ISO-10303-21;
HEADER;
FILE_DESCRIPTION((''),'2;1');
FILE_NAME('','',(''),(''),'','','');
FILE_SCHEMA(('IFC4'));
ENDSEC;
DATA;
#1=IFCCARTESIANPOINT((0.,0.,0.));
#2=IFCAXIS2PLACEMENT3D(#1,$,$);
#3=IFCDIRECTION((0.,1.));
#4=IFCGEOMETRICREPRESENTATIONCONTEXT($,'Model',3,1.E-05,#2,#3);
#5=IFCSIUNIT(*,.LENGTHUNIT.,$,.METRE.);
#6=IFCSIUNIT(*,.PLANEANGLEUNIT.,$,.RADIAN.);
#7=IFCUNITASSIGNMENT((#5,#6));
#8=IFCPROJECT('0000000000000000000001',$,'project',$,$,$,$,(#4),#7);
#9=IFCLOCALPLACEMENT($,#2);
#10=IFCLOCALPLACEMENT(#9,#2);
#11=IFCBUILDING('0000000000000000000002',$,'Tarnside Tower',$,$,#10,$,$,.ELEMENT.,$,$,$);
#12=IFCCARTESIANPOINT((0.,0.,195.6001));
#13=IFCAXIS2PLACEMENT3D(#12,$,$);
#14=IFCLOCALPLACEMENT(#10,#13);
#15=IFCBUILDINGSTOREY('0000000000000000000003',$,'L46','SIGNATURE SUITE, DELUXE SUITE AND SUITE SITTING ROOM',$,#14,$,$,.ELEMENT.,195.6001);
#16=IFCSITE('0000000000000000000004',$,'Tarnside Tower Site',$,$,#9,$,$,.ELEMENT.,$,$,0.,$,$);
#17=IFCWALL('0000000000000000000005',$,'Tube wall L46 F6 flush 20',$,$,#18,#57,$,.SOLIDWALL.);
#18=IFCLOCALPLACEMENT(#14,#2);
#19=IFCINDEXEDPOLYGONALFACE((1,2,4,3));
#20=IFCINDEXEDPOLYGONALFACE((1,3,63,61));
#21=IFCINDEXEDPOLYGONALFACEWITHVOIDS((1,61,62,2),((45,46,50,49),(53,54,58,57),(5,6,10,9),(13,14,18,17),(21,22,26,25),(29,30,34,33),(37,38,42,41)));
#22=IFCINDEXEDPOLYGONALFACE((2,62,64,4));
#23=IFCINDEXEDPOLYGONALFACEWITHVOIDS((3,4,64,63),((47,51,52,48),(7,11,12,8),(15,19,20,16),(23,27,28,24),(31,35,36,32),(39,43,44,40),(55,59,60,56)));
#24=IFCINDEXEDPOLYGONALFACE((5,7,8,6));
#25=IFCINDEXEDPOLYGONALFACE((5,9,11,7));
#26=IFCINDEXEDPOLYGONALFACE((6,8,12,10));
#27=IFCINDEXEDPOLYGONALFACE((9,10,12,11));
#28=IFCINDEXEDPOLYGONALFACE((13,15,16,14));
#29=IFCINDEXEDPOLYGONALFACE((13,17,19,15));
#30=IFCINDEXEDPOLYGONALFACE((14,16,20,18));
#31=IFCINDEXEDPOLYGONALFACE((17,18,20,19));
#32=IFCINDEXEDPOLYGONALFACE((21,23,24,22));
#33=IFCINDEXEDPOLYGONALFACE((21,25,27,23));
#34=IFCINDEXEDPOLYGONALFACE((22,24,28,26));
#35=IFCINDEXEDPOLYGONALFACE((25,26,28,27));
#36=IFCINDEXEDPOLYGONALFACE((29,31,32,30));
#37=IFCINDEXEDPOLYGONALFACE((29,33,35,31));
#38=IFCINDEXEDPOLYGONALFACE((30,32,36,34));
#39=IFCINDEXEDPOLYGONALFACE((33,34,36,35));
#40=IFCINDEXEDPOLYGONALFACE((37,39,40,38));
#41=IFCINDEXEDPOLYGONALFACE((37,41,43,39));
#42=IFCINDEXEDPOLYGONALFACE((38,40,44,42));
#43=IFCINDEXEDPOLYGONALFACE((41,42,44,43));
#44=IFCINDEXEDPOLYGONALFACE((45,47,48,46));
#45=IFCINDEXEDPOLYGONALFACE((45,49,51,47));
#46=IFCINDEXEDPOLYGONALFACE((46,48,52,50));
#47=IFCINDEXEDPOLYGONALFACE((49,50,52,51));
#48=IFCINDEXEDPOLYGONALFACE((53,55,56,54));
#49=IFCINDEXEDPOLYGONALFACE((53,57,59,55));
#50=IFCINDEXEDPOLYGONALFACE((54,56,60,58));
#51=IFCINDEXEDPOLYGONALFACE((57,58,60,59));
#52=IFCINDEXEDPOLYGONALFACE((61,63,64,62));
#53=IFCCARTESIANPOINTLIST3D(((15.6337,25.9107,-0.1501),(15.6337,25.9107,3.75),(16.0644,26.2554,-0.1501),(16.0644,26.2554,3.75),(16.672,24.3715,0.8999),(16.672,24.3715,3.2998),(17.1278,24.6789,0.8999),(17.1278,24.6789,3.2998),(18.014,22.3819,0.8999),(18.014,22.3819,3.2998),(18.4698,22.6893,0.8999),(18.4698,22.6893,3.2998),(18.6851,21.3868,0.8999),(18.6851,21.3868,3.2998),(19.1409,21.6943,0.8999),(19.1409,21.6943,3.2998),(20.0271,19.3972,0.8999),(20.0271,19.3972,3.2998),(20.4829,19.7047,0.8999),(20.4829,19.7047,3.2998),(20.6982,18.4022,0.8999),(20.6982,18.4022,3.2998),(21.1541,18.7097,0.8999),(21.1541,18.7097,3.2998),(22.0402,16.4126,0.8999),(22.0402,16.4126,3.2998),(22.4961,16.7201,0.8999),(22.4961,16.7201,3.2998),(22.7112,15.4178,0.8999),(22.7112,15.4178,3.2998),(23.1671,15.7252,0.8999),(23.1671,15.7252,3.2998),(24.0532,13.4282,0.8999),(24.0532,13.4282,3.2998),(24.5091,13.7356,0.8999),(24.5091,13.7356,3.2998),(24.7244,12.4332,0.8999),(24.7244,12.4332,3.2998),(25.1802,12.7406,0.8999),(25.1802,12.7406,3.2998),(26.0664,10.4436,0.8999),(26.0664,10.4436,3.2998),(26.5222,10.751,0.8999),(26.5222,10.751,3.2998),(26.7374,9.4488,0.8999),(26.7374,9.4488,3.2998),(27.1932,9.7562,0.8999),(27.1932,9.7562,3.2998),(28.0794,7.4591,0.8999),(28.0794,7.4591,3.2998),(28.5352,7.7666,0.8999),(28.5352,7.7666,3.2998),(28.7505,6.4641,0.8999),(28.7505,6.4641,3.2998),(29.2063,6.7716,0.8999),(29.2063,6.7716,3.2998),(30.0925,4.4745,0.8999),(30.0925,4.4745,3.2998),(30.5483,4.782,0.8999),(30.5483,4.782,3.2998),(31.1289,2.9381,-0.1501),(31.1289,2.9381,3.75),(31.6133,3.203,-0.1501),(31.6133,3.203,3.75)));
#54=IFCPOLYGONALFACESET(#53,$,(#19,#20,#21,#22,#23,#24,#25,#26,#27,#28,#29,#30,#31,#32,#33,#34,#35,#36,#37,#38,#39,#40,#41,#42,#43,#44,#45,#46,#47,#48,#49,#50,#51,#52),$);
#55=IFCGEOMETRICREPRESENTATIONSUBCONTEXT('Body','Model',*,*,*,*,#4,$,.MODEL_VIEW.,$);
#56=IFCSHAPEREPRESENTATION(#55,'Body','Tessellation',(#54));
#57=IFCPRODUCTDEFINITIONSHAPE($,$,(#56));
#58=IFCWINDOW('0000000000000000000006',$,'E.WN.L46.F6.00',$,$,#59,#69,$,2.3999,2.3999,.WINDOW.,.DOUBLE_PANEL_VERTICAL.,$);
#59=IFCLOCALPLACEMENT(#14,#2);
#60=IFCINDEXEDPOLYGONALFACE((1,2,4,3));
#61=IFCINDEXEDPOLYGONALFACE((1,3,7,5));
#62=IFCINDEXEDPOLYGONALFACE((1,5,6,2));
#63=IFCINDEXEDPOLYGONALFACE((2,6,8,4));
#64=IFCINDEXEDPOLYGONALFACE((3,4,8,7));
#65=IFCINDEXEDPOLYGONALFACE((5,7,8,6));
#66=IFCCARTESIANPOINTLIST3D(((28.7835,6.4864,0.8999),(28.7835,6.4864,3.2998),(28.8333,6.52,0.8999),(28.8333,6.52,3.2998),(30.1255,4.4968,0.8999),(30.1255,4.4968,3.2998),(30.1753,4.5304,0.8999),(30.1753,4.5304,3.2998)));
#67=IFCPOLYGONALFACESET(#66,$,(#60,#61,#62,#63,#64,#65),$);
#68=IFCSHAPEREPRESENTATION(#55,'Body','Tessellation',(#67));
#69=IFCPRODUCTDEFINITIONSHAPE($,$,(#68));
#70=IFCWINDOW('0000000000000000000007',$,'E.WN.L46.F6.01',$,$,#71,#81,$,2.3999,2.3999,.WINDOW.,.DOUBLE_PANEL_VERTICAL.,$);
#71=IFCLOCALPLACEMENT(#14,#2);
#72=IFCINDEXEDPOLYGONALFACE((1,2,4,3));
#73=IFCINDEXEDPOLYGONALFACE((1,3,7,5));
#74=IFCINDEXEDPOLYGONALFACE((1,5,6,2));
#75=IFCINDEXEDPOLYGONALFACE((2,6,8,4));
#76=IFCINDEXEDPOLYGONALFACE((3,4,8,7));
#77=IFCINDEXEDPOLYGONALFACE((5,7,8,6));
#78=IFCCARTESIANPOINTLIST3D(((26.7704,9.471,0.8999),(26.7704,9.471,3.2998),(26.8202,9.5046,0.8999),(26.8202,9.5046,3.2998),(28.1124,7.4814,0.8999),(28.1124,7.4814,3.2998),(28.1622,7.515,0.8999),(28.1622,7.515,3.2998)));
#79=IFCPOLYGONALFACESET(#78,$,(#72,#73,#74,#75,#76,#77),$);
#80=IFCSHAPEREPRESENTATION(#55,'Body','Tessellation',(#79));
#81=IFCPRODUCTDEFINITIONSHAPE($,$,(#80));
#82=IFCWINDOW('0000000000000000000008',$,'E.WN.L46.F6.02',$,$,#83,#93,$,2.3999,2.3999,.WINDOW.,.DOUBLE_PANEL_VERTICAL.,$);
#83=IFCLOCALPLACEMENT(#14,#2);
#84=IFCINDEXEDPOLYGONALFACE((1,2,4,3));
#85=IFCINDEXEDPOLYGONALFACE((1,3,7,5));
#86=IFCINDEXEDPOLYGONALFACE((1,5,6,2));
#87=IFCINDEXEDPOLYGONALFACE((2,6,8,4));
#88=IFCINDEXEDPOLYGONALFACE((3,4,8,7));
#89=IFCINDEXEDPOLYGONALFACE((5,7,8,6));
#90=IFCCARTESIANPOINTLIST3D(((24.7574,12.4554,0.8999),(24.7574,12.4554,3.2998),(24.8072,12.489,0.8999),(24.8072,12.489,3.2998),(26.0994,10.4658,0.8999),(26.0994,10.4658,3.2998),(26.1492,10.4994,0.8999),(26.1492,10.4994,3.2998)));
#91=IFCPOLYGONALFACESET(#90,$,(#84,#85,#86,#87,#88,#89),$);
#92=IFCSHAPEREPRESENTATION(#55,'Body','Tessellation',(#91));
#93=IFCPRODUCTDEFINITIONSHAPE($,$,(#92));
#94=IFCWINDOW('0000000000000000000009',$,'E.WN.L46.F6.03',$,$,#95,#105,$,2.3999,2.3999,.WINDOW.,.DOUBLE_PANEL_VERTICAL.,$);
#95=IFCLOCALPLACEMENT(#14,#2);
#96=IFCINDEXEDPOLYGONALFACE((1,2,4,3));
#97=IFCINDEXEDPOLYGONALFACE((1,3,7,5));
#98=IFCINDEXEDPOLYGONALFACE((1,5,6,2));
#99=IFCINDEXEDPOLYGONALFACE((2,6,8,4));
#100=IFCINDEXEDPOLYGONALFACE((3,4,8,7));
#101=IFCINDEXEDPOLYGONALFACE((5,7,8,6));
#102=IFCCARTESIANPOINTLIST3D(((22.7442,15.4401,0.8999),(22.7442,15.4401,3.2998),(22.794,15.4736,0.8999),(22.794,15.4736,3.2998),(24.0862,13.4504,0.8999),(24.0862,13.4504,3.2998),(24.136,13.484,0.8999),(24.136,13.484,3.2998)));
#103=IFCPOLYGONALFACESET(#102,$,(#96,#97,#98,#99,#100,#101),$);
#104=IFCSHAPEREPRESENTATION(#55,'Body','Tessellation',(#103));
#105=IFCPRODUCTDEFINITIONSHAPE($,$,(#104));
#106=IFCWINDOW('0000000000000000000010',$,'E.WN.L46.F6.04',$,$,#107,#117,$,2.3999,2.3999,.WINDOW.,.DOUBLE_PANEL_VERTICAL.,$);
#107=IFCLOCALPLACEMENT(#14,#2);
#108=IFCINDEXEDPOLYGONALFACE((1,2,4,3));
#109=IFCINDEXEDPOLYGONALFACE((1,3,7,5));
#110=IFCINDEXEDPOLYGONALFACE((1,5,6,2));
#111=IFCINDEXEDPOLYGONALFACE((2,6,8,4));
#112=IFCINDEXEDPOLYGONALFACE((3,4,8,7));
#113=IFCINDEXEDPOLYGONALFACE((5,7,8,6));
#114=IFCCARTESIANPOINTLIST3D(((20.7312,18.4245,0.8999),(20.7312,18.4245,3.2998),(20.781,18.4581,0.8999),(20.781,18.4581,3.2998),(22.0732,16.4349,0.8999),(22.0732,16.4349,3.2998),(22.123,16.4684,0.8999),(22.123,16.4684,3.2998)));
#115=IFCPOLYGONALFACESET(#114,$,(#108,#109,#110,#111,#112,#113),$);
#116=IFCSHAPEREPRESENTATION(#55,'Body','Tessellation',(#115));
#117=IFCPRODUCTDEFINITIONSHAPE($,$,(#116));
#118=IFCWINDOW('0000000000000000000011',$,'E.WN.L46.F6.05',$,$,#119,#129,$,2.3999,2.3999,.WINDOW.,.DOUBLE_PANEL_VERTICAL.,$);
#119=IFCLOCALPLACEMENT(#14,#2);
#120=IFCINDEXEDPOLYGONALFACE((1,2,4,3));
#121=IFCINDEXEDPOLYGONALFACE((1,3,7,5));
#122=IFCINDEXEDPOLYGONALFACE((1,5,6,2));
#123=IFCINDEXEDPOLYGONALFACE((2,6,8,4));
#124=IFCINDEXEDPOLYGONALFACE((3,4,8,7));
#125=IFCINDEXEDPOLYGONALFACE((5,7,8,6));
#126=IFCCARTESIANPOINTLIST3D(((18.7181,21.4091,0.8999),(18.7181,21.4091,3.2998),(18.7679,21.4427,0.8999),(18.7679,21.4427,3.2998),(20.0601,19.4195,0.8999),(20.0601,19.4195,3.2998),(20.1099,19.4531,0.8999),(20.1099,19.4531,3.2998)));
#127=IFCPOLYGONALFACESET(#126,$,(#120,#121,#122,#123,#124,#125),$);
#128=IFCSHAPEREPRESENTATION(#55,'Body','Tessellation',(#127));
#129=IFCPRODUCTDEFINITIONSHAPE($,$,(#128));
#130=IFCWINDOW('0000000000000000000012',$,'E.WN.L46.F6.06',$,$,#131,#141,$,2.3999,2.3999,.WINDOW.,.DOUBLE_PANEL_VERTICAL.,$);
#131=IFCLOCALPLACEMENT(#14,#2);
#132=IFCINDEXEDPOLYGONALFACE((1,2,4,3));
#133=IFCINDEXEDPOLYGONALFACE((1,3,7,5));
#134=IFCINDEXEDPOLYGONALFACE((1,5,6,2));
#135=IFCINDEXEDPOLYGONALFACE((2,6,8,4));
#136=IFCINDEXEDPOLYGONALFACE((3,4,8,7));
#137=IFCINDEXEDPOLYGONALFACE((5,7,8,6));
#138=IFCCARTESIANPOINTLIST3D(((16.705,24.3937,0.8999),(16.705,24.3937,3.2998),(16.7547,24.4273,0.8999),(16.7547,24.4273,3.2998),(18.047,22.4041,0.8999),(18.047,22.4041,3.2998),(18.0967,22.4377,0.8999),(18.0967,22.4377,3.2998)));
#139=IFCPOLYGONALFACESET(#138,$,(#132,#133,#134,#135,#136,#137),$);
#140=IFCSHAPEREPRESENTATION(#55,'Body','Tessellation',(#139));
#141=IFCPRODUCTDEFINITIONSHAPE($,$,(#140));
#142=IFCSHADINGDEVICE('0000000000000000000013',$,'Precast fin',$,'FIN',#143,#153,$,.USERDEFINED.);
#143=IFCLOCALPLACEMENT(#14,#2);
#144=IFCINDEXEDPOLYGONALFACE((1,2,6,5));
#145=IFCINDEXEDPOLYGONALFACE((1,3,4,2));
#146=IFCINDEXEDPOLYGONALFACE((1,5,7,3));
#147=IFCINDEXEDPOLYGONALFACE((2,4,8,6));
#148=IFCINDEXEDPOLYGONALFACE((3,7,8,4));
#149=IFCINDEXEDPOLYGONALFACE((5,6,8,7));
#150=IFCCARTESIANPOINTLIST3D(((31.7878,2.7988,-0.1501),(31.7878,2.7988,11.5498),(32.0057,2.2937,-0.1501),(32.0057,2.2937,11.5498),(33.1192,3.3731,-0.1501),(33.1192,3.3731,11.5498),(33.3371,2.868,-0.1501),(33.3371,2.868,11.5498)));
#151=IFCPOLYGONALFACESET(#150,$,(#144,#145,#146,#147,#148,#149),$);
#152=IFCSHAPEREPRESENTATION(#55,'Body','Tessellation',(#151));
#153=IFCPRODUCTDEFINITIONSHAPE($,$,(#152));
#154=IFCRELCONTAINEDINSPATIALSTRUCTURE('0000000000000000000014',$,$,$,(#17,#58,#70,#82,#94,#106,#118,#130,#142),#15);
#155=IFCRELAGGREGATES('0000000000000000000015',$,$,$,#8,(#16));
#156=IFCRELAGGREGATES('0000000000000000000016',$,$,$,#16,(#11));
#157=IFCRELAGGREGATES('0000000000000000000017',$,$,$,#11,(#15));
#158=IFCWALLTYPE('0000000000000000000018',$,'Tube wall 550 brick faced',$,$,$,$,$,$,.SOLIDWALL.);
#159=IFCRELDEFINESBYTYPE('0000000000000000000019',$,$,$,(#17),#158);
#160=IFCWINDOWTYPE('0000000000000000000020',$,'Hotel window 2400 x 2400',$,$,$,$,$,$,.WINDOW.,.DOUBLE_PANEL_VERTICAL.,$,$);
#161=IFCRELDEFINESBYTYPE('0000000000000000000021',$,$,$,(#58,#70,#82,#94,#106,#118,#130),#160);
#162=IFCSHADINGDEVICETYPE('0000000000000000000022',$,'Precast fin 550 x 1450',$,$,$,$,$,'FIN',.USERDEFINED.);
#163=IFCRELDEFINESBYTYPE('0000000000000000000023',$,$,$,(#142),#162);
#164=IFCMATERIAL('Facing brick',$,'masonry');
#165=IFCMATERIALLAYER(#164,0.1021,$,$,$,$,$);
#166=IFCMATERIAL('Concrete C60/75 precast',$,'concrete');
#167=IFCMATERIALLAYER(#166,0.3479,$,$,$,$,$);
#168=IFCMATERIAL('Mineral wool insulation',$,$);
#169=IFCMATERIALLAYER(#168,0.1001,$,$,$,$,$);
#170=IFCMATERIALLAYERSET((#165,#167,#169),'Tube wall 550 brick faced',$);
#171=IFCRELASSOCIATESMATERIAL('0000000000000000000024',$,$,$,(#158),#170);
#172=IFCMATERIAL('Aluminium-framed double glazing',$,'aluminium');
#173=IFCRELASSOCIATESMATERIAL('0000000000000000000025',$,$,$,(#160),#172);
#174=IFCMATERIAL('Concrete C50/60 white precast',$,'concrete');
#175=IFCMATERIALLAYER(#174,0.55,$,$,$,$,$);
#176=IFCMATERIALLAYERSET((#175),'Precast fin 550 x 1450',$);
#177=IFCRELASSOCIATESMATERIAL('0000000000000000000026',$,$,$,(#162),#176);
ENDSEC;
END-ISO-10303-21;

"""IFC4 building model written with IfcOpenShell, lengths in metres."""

from ifc_helpers import new_model, si_unit, direction, frame, frame_2d, origin, place, context, subcontext, project, spatial, polyline, rectangle, outline, extrude, material, layer, layer_set, type_object, element, fill, save


model = new_model("IFC4")

# Units and contexts
model_context = context("Model", 3, precision=1e-05, world=origin(), true_north=direction((0.0, 1.0)))
body_context = subcontext(model_context, "Body", "Model", "MODEL_VIEW")
ifc_project = project(units=[si_unit("LENGTHUNIT", "METRE"), si_unit("PLANEANGLEUNIT", "RADIAN")], contexts=[model_context])

# Site, building, storey
site_placement = place(None, origin())
site = spatial("IfcSite", under=ifc_project, at=site_placement, Name="Tarnside Tower Site", CompositionType="ELEMENT", RefElevation=0.0)
building_placement = place(site_placement, origin())
building = spatial("IfcBuilding", under=site, at=building_placement, Name="Tarnside Tower", CompositionType="ELEMENT")
storey_placement = place(building_placement, frame((0.0, 0.0, 195.6001)))
storey = spatial("IfcBuildingStorey", under=building, at=storey_placement, Name="L46", Description="SIGNATURE SUITE, DELUXE SUITE AND SUITE SITTING ROOM", CompositionType="ELEMENT", Elevation=195.6001)

# Shared definitions
ifc_material_1 = material(Name="Facing brick", Category="masonry")
ifc_layer_1 = layer(ifc_material_1, 0.1021)
ifc_material_2 = material(Name="Concrete C60/75 precast", Category="concrete")
ifc_layer_2 = layer(ifc_material_2, 0.3479)
ifc_material_3 = material(Name="Mineral wool insulation")
ifc_layer_3 = layer(ifc_material_3, 0.1001)
ifc_layer_set_1 = layer_set([ifc_layer_1, ifc_layer_2, ifc_layer_3], Name="Tube wall 550 brick faced")
wall_type = type_object("IfcWallType", Name="Tube wall 550 brick faced", PredefinedType="SOLIDWALL", material=ifc_layer_set_1)

# Wall, openings, windows
wall_1_placement = place(storey_placement, frame((31.3711, 3.0706, -0.1501), z_axis=(0.0, 0.0, 1.0), x_axis=(-0.55919, 0.82904, 0.0)))
wall_1 = element("IfcWall", 1, at=wall_1_placement, inside=storey, type_object=wall_type, Name="Tube wall L46 F6 flush 20", PredefinedType="SOLIDWALL", context=body_context, shape_type="SweptSolid", body=[
    extrude(outline(polyline([(-0.0256, -0.2749), (27.7805, -0.2749), (27.7356, 0.2749), (0.0256, 0.2749), (-0.0256, -0.2749)])), origin(), (0.0, 0.0, 1.0), 3.9001),
])
opening_1_placement = place(wall_1_placement, frame((1.8789, 0.0, 1.05)))
opening_1 = element("IfcOpeningElement", 2, at=opening_1_placement, cuts=wall_1, PredefinedType="OPENING", context=body_context, shape_type="SweptSolid", body=[
    extrude(rectangle(XDim=2.3999, YDim=2.3999, at=frame_2d((1.2, 1.2))), frame((0.0, 0.2852, 0.0), z_axis=(0.0, -1.0, 0.0), x_axis=(1.0, 0.0, 0.0)), (0.0, 0.0, 1.0), 0.5701),
])
opening_2_placement = place(wall_1_placement, frame((5.479, 0.0, 1.05)))
opening_2 = element("IfcOpeningElement", 3, at=opening_2_placement, cuts=wall_1, PredefinedType="OPENING", context=body_context, shape_type="SweptSolid", body=[
    extrude(rectangle(XDim=2.3999, YDim=2.3999, at=frame_2d((1.2, 1.2))), frame((0.0, 0.2852, 0.0), z_axis=(0.0, -1.0, 0.0), x_axis=(1.0, 0.0, 0.0)), (0.0, 0.0, 1.0), 0.5701),
])
opening_3_placement = place(wall_1_placement, frame((9.0789, 0.0, 1.05)))
opening_3 = element("IfcOpeningElement", 4, at=opening_3_placement, cuts=wall_1, PredefinedType="OPENING", context=body_context, shape_type="SweptSolid", body=[
    extrude(rectangle(XDim=2.3999, YDim=2.3999, at=frame_2d((1.2, 1.2))), frame((0.0, 0.2852, 0.0), z_axis=(0.0, -1.0, 0.0), x_axis=(1.0, 0.0, 0.0)), (0.0, 0.0, 1.0), 0.5701),
])
opening_4_placement = place(wall_1_placement, frame((12.679, 0.0, 1.05)))
opening_4 = element("IfcOpeningElement", 5, at=opening_4_placement, cuts=wall_1, PredefinedType="OPENING", context=body_context, shape_type="SweptSolid", body=[
    extrude(rectangle(XDim=2.3999, YDim=2.3999, at=frame_2d((1.2, 1.2))), frame((0.0, 0.2852, 0.0), z_axis=(0.0, -1.0, 0.0), x_axis=(1.0, 0.0, 0.0)), (0.0, 0.0, 1.0), 0.5701),
])
opening_5_placement = place(wall_1_placement, frame((16.2788, 0.0, 1.05)))
opening_5 = element("IfcOpeningElement", 6, at=opening_5_placement, cuts=wall_1, PredefinedType="OPENING", context=body_context, shape_type="SweptSolid", body=[
    extrude(rectangle(XDim=2.3999, YDim=2.3999, at=frame_2d((1.2, 1.2))), frame((0.0, 0.2852, 0.0), z_axis=(0.0, -1.0, 0.0), x_axis=(1.0, 0.0, 0.0)), (0.0, 0.0, 1.0), 0.5701),
])
opening_6_placement = place(wall_1_placement, frame((19.8789, 0.0, 1.05)))
opening_6 = element("IfcOpeningElement", 7, at=opening_6_placement, cuts=wall_1, PredefinedType="OPENING", context=body_context, shape_type="SweptSolid", body=[
    extrude(rectangle(XDim=2.3999, YDim=2.3999, at=frame_2d((1.2, 1.2))), frame((0.0, 0.2852, 0.0), z_axis=(0.0, -1.0, 0.0), x_axis=(1.0, 0.0, 0.0)), (0.0, 0.0, 1.0), 0.5701),
])
opening_7_placement = place(wall_1_placement, frame((23.479, 0.0, 1.05)))
opening_7 = element("IfcOpeningElement", 8, at=opening_7_placement, cuts=wall_1, PredefinedType="OPENING", context=body_context, shape_type="SweptSolid", body=[
    extrude(rectangle(XDim=2.3999, YDim=2.3999, at=frame_2d((1.2, 1.2))), frame((0.0, 0.2852, 0.0), z_axis=(0.0, -1.0, 0.0), x_axis=(1.0, 0.0, 0.0)), (0.0, 0.0, 1.0), 0.5701),
])
ifc_material_4 = material(Name="Aluminium-framed double glazing", Category="aluminium")
window_type = type_object("IfcWindowType", Name="Hotel window 2400 x 2400", PartitioningType="DOUBLE_PANEL_VERTICAL", PredefinedType="WINDOW", material=ifc_material_4)
window_1_placement = place(opening_1_placement, frame((0.0, 0.2051, 0.0)))
window_1 = element("IfcWindow", 9, at=window_1_placement, inside=storey, type_object=window_type, Name="E.WN.L46.F6.00", OverallHeight=2.3999, OverallWidth=2.3999, PartitioningType="DOUBLE_PANEL_VERTICAL", PredefinedType="WINDOW", context=body_context, shape_type="SweptSolid", body=[
    extrude(rectangle(XDim=2.3999, YDim=2.3999, at=frame_2d((1.2, 1.2))), frame((0.0, 0.03, 0.0), z_axis=(0.0, -1.0, 0.0), x_axis=(1.0, 0.0, 0.0)), (0.0, 0.0, 1.0), 0.0601),
])
fill(opening_1, window_1)
window_2_placement = place(opening_2_placement, frame((0.0, 0.2051, 0.0)))
window_2 = element("IfcWindow", 10, at=window_2_placement, inside=storey, type_object=window_type, Name="E.WN.L46.F6.01", OverallHeight=2.3999, OverallWidth=2.3999, PartitioningType="DOUBLE_PANEL_VERTICAL", PredefinedType="WINDOW", context=body_context, shape_type="SweptSolid", body=[
    extrude(rectangle(XDim=2.3999, YDim=2.3999, at=frame_2d((1.2, 1.2))), frame((0.0, 0.03, 0.0), z_axis=(0.0, -1.0, 0.0), x_axis=(1.0, 0.0, 0.0)), (0.0, 0.0, 1.0), 0.0601),
])
fill(opening_2, window_2)
window_3_placement = place(opening_3_placement, frame((0.0, 0.2051, 0.0)))
window_3 = element("IfcWindow", 11, at=window_3_placement, inside=storey, type_object=window_type, Name="E.WN.L46.F6.02", OverallHeight=2.3999, OverallWidth=2.3999, PartitioningType="DOUBLE_PANEL_VERTICAL", PredefinedType="WINDOW", context=body_context, shape_type="SweptSolid", body=[
    extrude(rectangle(XDim=2.3999, YDim=2.3999, at=frame_2d((1.2, 1.2))), frame((0.0, 0.03, 0.0), z_axis=(0.0, -1.0, 0.0), x_axis=(1.0, 0.0, 0.0)), (0.0, 0.0, 1.0), 0.0601),
])
fill(opening_3, window_3)
window_4_placement = place(opening_4_placement, frame((0.0, 0.2051, 0.0)))
window_4 = element("IfcWindow", 12, at=window_4_placement, inside=storey, type_object=window_type, Name="E.WN.L46.F6.03", OverallHeight=2.3999, OverallWidth=2.3999, PartitioningType="DOUBLE_PANEL_VERTICAL", PredefinedType="WINDOW", context=body_context, shape_type="SweptSolid", body=[
    extrude(rectangle(XDim=2.3999, YDim=2.3999, at=frame_2d((1.2, 1.2))), frame((0.0, 0.03, 0.0), z_axis=(0.0, -1.0, 0.0), x_axis=(1.0, 0.0, 0.0)), (0.0, 0.0, 1.0), 0.0601),
])
fill(opening_4, window_4)
window_5_placement = place(opening_5_placement, frame((0.0, 0.2051, 0.0)))
window_5 = element("IfcWindow", 13, at=window_5_placement, inside=storey, type_object=window_type, Name="E.WN.L46.F6.04", OverallHeight=2.3999, OverallWidth=2.3999, PartitioningType="DOUBLE_PANEL_VERTICAL", PredefinedType="WINDOW", context=body_context, shape_type="SweptSolid", body=[
    extrude(rectangle(XDim=2.3999, YDim=2.3999, at=frame_2d((1.2, 1.2))), frame((0.0, 0.03, 0.0), z_axis=(0.0, -1.0, 0.0), x_axis=(1.0, 0.0, 0.0)), (0.0, 0.0, 1.0), 0.0601),
])
fill(opening_5, window_5)
window_6_placement = place(opening_6_placement, frame((0.0, 0.2051, 0.0)))
window_6 = element("IfcWindow", 14, at=window_6_placement, inside=storey, type_object=window_type, Name="E.WN.L46.F6.05", OverallHeight=2.3999, OverallWidth=2.3999, PartitioningType="DOUBLE_PANEL_VERTICAL", PredefinedType="WINDOW", context=body_context, shape_type="SweptSolid", body=[
    extrude(rectangle(XDim=2.3999, YDim=2.3999, at=frame_2d((1.2, 1.2))), frame((0.0, 0.03, 0.0), z_axis=(0.0, -1.0, 0.0), x_axis=(1.0, 0.0, 0.0)), (0.0, 0.0, 1.0), 0.0601),
])
fill(opening_6, window_6)
window_7_placement = place(opening_7_placement, frame((0.0, 0.2051, 0.0)))
window_7 = element("IfcWindow", 15, at=window_7_placement, inside=storey, type_object=window_type, Name="E.WN.L46.F6.06", OverallHeight=2.3999, OverallWidth=2.3999, PartitioningType="DOUBLE_PANEL_VERTICAL", PredefinedType="WINDOW", context=body_context, shape_type="SweptSolid", body=[
    extrude(rectangle(XDim=2.3999, YDim=2.3999, at=frame_2d((1.2, 1.2))), frame((0.0, 0.03, 0.0), z_axis=(0.0, -1.0, 0.0), x_axis=(1.0, 0.0, 0.0)), (0.0, 0.0, 1.0), 0.0601),
])
fill(opening_7, window_7)

# Shading device
ifc_material_5 = material(Name="Concrete C50/60 white precast", Category="concrete")
ifc_layer_4 = layer(ifc_material_5, 0.55)
ifc_layer_set_2 = layer_set([ifc_layer_4], Name="Precast fin 550 x 1450")
shading_device_type_1 = type_object("IfcShadingDeviceType", Name="Precast fin 550 x 1450", ElementType="FIN", PredefinedType="USERDEFINED", material=ifc_layer_set_2)
shading_device_placement = place(storey_placement, frame((31.8967, 2.5464, -0.1501), z_axis=(0.39608, -0.918216, 0.0), x_axis=(0.918216, 0.39608, 0.0)))
element("IfcShadingDevice", 16, at=shading_device_placement, inside=storey, type_object=shading_device_type_1, Name="Precast fin", ObjectType="FIN", PredefinedType="USERDEFINED", context=body_context, shape_type="SweptSolid", body=[
    extrude(outline(polyline([(0.0, 0.0), (1.45, 0.0), (1.45, 11.7), (0.0, 11.7), (0.0, 0.0)])), frame((0.0, 0.0, -0.2749)), (0.0, 0.0, 1.0), 0.55),
])

save(model, "model.ifc")
